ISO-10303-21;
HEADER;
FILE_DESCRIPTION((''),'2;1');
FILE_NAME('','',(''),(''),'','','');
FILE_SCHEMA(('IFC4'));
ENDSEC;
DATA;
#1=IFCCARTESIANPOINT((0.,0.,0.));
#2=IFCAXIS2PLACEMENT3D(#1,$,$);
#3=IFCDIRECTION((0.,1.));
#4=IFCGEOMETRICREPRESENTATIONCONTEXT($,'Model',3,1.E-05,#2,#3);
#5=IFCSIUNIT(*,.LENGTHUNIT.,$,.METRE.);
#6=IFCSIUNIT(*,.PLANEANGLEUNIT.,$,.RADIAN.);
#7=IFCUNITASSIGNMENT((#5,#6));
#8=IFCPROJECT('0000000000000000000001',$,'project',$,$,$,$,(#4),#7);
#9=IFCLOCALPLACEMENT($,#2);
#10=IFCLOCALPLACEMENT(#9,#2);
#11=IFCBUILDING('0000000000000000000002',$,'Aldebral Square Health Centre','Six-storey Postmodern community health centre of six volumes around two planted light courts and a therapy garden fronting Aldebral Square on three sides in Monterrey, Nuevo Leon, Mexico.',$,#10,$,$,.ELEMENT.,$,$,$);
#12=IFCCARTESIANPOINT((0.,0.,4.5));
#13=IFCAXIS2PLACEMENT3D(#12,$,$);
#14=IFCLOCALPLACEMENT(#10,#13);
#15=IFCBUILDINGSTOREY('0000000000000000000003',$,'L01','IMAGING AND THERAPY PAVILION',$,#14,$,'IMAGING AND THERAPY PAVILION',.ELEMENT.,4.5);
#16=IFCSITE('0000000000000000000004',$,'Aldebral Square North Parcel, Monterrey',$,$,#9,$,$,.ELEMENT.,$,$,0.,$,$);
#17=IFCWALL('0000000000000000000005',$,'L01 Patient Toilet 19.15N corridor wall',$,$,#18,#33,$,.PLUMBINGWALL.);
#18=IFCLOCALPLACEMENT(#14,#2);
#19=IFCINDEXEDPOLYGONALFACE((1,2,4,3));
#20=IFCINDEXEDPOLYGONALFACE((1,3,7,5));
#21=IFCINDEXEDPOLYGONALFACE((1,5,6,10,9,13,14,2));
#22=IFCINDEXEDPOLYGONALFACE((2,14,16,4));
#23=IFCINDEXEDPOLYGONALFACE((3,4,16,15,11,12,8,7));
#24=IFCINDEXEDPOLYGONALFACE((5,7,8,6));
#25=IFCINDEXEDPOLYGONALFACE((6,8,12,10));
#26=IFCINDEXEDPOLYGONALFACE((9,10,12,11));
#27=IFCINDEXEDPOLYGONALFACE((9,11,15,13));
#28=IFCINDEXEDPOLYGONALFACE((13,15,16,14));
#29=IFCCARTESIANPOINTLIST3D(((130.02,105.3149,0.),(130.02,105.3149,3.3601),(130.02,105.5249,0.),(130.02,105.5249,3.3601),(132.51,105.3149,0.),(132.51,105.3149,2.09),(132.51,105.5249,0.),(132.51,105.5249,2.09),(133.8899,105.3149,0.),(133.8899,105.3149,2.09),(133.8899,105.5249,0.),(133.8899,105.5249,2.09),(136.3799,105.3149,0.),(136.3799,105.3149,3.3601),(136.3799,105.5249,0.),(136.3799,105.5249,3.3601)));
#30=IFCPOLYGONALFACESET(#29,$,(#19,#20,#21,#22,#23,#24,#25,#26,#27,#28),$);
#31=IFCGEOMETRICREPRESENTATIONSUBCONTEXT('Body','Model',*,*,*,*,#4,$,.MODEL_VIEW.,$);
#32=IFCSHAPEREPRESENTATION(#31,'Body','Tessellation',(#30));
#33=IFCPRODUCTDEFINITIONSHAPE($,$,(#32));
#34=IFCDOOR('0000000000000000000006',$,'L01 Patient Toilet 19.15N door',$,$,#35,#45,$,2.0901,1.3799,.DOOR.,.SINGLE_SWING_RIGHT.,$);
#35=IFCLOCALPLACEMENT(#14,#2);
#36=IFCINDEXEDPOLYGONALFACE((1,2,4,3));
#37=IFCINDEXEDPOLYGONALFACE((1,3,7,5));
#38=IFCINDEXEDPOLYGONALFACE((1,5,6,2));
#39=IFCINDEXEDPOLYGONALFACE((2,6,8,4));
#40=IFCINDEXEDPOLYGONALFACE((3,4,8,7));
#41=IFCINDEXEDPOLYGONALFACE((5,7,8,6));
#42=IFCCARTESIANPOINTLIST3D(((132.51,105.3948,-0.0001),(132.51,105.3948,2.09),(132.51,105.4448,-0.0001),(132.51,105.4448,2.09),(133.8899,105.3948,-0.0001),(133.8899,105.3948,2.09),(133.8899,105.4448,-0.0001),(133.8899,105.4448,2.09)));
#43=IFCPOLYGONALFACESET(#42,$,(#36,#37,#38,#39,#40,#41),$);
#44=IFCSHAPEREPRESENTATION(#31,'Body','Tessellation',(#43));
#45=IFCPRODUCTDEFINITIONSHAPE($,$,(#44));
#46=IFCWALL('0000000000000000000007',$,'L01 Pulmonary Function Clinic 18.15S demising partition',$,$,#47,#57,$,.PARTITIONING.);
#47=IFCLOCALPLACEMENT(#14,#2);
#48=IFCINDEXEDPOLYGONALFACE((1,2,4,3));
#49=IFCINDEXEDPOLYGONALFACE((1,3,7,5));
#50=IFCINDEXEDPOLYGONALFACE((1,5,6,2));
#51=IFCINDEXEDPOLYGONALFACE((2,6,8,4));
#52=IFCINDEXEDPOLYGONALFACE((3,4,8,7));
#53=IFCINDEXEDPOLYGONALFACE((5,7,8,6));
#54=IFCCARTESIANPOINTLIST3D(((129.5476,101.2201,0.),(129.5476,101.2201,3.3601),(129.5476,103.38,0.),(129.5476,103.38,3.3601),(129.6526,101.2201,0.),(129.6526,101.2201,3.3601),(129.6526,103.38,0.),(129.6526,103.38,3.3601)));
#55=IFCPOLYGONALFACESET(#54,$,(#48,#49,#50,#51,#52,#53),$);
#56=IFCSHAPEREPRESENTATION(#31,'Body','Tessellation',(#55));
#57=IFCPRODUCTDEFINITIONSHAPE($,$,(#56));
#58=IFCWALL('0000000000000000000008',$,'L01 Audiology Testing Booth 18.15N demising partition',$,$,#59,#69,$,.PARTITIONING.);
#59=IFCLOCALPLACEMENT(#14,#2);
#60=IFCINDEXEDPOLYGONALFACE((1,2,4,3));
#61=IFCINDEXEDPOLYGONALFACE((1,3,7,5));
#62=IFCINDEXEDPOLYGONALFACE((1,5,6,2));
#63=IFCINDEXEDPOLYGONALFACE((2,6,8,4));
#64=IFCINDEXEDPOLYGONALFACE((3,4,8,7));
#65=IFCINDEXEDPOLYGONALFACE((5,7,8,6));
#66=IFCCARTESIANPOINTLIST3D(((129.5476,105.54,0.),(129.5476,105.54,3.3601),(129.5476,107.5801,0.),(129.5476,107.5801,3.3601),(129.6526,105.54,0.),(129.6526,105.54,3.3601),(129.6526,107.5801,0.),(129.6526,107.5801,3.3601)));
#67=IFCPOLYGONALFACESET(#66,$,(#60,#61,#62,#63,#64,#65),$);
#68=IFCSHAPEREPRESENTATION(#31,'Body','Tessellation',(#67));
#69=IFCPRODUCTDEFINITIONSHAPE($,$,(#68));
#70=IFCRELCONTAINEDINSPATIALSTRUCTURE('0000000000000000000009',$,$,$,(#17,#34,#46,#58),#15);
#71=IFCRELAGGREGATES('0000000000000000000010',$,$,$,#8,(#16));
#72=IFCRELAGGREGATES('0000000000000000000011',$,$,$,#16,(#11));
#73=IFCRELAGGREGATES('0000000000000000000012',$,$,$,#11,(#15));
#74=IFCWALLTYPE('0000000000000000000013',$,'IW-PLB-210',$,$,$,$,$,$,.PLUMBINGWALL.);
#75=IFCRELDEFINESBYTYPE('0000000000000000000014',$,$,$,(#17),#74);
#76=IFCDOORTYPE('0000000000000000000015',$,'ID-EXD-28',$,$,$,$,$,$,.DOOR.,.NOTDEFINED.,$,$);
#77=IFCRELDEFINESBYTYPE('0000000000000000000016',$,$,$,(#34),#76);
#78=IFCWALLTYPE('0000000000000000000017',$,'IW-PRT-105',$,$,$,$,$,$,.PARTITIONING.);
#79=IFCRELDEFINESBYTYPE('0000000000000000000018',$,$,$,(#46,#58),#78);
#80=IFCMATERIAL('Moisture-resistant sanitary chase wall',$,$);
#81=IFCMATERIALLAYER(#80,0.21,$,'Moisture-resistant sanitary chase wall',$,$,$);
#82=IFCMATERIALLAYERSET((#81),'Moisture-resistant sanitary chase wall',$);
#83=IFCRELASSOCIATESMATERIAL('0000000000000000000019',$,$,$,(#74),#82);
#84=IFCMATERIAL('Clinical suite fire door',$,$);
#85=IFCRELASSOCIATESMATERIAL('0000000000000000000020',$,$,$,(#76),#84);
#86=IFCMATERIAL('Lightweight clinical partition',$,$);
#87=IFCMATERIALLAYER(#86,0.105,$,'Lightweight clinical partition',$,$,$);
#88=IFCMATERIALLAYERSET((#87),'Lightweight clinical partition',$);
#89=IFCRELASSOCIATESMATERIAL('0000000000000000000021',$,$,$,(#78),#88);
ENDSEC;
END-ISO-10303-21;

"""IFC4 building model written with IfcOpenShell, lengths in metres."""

from ifc_helpers import new_model, si_unit, direction, frame, frame_2d, origin, place, context, subcontext, project, spatial, rectangle, extrude, material, layer, layer_set, type_object, element, fill, save


model = new_model("IFC4")

# Units and contexts
model_context = context("Model", 3, precision=1e-05, world=origin(), true_north=direction((0.0, 1.0)))
body_context = subcontext(model_context, "Body", "Model", "MODEL_VIEW")
ifc_project = project(units=[si_unit("LENGTHUNIT", "METRE"), si_unit("PLANEANGLEUNIT", "RADIAN")], contexts=[model_context])

# Site, building, storey
site_placement = place(None, origin())
site = spatial("IfcSite", under=ifc_project, at=site_placement, Name="Aldebral Square North Parcel, Monterrey", CompositionType="ELEMENT", RefElevation=0.0)
building_placement = place(site_placement, origin())
building = spatial("IfcBuilding", under=site, at=building_placement, Name="Aldebral Square Health Centre", Description="Six-storey Postmodern community health centre of six volumes around two planted light courts and a therapy garden fronting Aldebral Square on three sides in Monterrey, Nuevo Leon, Mexico.", CompositionType="ELEMENT")
storey_placement = place(building_placement, frame((0.0, 0.0, 4.5)))
storey = spatial("IfcBuildingStorey", under=building, at=storey_placement, Name="L01", Description="IMAGING AND THERAPY PAVILION", LongName="IMAGING AND THERAPY PAVILION", CompositionType="ELEMENT", Elevation=4.5)

# Wall, opening, door
ifc_material_1 = material(Name="Clinical suite fire door")
ifc_material_2 = material(Name="Moisture-resistant sanitary chase wall")
ifc_layer_1 = layer(ifc_material_2, 0.21, Name="Moisture-resistant sanitary chase wall")
ifc_layer_set_1 = layer_set([ifc_layer_1], Name="Moisture-resistant sanitary chase wall")
wall_type_1 = type_object("IfcWallType", Name="IW-PLB-210", PredefinedType="PLUMBINGWALL", material=ifc_layer_set_1)
wall_1_placement = place(storey_placement, frame((130.02, 105.4199, 0.0), z_axis=(0.0, 0.0, 1.0), x_axis=(1.0, 0.0, 0.0)))
wall_1 = element("IfcWall", 1, at=wall_1_placement, inside=storey, type_object=wall_type_1, Name="L01 Patient Toilet 19.15N corridor wall", PredefinedType="PLUMBINGWALL", context=body_context, shape_type="SweptSolid", body=[
    extrude(rectangle(XDim=6.3599, YDim=0.21, at=frame_2d((3.1799, 0.0))), origin(), (0.0, 0.0, 1.0), 3.3601),
])
opening_1_placement = place(wall_1_placement, frame((2.49, 0.0, 0.0)))
opening_1 = element("IfcOpeningElement", 2, at=opening_1_placement, cuts=wall_1, PredefinedType="OPENING", context=body_context, shape_type="SweptSolid", body=[
    extrude(rectangle(XDim=1.3799, YDim=2.0901, at=frame_2d((0.6899, 1.0449))), frame((0.0, 0.115, 0.0), z_axis=(0.0, -1.0, 0.0), x_axis=(1.0, 0.0, 0.0)), (0.0, 0.0, 1.0), 0.23),
])
door_type_1 = type_object("IfcDoorType", Name="ID-EXD-28", OperationType="NOTDEFINED", PredefinedType="DOOR", material=ifc_material_1)
door_1_placement = place(opening_1_placement, origin())
door_1 = element("IfcDoor", 3, at=door_1_placement, inside=storey, type_object=door_type_1, Name="L01 Patient Toilet 19.15N door", OperationType="SINGLE_SWING_RIGHT", OverallHeight=2.0901, OverallWidth=1.3799, PredefinedType="DOOR", context=body_context, shape_type="SweptSolid", body=[
    extrude(rectangle(XDim=1.3799, YDim=2.0901, at=frame_2d((0.6899, 1.0449))), frame((0.0, 0.0249, 0.0), z_axis=(0.0, -1.0, 0.0), x_axis=(1.0, 0.0, 0.0)), (0.0, 0.0, 1.0), 0.05),
])
fill(opening_1, door_1)

# Walls
ifc_material_3 = material(Name="Lightweight clinical partition")
ifc_layer_2 = layer(ifc_material_3, 0.105, Name="Lightweight clinical partition")
ifc_layer_set_2 = layer_set([ifc_layer_2], Name="Lightweight clinical partition")
wall_type_2 = type_object("IfcWallType", Name="IW-PRT-105", PredefinedType="PARTITIONING", material=ifc_layer_set_2)
wall_2_placement = place(storey_placement, frame((129.6001, 101.22, 0.0), z_axis=(0.0, 0.0, 1.0), x_axis=(0.0, 1.0, 0.0)))
element("IfcWall", 4, at=wall_2_placement, inside=storey, type_object=wall_type_2, Name="L01 Pulmonary Function Clinic 18.15S demising partition", PredefinedType="PARTITIONING", context=body_context, shape_type="SweptSolid", body=[
    extrude(rectangle(XDim=2.1599, YDim=0.105, at=frame_2d((1.0801, 0.0))), origin(), (0.0, 0.0, 1.0), 3.3601),
])
wall_3_placement = place(storey_placement, frame((129.6001, 105.54, 0.0), z_axis=(0.0, 0.0, 1.0), x_axis=(0.0, 1.0, 0.0)))
element("IfcWall", 5, at=wall_3_placement, inside=storey, type_object=wall_type_2, Name="L01 Audiology Testing Booth 18.15N demising partition", PredefinedType="PARTITIONING", context=body_context, shape_type="SweptSolid", body=[
    extrude(rectangle(XDim=2.04, YDim=0.105, at=frame_2d((1.02, 0.0))), origin(), (0.0, 0.0, 1.0), 3.3601),
])

save(model, "model.ifc")
